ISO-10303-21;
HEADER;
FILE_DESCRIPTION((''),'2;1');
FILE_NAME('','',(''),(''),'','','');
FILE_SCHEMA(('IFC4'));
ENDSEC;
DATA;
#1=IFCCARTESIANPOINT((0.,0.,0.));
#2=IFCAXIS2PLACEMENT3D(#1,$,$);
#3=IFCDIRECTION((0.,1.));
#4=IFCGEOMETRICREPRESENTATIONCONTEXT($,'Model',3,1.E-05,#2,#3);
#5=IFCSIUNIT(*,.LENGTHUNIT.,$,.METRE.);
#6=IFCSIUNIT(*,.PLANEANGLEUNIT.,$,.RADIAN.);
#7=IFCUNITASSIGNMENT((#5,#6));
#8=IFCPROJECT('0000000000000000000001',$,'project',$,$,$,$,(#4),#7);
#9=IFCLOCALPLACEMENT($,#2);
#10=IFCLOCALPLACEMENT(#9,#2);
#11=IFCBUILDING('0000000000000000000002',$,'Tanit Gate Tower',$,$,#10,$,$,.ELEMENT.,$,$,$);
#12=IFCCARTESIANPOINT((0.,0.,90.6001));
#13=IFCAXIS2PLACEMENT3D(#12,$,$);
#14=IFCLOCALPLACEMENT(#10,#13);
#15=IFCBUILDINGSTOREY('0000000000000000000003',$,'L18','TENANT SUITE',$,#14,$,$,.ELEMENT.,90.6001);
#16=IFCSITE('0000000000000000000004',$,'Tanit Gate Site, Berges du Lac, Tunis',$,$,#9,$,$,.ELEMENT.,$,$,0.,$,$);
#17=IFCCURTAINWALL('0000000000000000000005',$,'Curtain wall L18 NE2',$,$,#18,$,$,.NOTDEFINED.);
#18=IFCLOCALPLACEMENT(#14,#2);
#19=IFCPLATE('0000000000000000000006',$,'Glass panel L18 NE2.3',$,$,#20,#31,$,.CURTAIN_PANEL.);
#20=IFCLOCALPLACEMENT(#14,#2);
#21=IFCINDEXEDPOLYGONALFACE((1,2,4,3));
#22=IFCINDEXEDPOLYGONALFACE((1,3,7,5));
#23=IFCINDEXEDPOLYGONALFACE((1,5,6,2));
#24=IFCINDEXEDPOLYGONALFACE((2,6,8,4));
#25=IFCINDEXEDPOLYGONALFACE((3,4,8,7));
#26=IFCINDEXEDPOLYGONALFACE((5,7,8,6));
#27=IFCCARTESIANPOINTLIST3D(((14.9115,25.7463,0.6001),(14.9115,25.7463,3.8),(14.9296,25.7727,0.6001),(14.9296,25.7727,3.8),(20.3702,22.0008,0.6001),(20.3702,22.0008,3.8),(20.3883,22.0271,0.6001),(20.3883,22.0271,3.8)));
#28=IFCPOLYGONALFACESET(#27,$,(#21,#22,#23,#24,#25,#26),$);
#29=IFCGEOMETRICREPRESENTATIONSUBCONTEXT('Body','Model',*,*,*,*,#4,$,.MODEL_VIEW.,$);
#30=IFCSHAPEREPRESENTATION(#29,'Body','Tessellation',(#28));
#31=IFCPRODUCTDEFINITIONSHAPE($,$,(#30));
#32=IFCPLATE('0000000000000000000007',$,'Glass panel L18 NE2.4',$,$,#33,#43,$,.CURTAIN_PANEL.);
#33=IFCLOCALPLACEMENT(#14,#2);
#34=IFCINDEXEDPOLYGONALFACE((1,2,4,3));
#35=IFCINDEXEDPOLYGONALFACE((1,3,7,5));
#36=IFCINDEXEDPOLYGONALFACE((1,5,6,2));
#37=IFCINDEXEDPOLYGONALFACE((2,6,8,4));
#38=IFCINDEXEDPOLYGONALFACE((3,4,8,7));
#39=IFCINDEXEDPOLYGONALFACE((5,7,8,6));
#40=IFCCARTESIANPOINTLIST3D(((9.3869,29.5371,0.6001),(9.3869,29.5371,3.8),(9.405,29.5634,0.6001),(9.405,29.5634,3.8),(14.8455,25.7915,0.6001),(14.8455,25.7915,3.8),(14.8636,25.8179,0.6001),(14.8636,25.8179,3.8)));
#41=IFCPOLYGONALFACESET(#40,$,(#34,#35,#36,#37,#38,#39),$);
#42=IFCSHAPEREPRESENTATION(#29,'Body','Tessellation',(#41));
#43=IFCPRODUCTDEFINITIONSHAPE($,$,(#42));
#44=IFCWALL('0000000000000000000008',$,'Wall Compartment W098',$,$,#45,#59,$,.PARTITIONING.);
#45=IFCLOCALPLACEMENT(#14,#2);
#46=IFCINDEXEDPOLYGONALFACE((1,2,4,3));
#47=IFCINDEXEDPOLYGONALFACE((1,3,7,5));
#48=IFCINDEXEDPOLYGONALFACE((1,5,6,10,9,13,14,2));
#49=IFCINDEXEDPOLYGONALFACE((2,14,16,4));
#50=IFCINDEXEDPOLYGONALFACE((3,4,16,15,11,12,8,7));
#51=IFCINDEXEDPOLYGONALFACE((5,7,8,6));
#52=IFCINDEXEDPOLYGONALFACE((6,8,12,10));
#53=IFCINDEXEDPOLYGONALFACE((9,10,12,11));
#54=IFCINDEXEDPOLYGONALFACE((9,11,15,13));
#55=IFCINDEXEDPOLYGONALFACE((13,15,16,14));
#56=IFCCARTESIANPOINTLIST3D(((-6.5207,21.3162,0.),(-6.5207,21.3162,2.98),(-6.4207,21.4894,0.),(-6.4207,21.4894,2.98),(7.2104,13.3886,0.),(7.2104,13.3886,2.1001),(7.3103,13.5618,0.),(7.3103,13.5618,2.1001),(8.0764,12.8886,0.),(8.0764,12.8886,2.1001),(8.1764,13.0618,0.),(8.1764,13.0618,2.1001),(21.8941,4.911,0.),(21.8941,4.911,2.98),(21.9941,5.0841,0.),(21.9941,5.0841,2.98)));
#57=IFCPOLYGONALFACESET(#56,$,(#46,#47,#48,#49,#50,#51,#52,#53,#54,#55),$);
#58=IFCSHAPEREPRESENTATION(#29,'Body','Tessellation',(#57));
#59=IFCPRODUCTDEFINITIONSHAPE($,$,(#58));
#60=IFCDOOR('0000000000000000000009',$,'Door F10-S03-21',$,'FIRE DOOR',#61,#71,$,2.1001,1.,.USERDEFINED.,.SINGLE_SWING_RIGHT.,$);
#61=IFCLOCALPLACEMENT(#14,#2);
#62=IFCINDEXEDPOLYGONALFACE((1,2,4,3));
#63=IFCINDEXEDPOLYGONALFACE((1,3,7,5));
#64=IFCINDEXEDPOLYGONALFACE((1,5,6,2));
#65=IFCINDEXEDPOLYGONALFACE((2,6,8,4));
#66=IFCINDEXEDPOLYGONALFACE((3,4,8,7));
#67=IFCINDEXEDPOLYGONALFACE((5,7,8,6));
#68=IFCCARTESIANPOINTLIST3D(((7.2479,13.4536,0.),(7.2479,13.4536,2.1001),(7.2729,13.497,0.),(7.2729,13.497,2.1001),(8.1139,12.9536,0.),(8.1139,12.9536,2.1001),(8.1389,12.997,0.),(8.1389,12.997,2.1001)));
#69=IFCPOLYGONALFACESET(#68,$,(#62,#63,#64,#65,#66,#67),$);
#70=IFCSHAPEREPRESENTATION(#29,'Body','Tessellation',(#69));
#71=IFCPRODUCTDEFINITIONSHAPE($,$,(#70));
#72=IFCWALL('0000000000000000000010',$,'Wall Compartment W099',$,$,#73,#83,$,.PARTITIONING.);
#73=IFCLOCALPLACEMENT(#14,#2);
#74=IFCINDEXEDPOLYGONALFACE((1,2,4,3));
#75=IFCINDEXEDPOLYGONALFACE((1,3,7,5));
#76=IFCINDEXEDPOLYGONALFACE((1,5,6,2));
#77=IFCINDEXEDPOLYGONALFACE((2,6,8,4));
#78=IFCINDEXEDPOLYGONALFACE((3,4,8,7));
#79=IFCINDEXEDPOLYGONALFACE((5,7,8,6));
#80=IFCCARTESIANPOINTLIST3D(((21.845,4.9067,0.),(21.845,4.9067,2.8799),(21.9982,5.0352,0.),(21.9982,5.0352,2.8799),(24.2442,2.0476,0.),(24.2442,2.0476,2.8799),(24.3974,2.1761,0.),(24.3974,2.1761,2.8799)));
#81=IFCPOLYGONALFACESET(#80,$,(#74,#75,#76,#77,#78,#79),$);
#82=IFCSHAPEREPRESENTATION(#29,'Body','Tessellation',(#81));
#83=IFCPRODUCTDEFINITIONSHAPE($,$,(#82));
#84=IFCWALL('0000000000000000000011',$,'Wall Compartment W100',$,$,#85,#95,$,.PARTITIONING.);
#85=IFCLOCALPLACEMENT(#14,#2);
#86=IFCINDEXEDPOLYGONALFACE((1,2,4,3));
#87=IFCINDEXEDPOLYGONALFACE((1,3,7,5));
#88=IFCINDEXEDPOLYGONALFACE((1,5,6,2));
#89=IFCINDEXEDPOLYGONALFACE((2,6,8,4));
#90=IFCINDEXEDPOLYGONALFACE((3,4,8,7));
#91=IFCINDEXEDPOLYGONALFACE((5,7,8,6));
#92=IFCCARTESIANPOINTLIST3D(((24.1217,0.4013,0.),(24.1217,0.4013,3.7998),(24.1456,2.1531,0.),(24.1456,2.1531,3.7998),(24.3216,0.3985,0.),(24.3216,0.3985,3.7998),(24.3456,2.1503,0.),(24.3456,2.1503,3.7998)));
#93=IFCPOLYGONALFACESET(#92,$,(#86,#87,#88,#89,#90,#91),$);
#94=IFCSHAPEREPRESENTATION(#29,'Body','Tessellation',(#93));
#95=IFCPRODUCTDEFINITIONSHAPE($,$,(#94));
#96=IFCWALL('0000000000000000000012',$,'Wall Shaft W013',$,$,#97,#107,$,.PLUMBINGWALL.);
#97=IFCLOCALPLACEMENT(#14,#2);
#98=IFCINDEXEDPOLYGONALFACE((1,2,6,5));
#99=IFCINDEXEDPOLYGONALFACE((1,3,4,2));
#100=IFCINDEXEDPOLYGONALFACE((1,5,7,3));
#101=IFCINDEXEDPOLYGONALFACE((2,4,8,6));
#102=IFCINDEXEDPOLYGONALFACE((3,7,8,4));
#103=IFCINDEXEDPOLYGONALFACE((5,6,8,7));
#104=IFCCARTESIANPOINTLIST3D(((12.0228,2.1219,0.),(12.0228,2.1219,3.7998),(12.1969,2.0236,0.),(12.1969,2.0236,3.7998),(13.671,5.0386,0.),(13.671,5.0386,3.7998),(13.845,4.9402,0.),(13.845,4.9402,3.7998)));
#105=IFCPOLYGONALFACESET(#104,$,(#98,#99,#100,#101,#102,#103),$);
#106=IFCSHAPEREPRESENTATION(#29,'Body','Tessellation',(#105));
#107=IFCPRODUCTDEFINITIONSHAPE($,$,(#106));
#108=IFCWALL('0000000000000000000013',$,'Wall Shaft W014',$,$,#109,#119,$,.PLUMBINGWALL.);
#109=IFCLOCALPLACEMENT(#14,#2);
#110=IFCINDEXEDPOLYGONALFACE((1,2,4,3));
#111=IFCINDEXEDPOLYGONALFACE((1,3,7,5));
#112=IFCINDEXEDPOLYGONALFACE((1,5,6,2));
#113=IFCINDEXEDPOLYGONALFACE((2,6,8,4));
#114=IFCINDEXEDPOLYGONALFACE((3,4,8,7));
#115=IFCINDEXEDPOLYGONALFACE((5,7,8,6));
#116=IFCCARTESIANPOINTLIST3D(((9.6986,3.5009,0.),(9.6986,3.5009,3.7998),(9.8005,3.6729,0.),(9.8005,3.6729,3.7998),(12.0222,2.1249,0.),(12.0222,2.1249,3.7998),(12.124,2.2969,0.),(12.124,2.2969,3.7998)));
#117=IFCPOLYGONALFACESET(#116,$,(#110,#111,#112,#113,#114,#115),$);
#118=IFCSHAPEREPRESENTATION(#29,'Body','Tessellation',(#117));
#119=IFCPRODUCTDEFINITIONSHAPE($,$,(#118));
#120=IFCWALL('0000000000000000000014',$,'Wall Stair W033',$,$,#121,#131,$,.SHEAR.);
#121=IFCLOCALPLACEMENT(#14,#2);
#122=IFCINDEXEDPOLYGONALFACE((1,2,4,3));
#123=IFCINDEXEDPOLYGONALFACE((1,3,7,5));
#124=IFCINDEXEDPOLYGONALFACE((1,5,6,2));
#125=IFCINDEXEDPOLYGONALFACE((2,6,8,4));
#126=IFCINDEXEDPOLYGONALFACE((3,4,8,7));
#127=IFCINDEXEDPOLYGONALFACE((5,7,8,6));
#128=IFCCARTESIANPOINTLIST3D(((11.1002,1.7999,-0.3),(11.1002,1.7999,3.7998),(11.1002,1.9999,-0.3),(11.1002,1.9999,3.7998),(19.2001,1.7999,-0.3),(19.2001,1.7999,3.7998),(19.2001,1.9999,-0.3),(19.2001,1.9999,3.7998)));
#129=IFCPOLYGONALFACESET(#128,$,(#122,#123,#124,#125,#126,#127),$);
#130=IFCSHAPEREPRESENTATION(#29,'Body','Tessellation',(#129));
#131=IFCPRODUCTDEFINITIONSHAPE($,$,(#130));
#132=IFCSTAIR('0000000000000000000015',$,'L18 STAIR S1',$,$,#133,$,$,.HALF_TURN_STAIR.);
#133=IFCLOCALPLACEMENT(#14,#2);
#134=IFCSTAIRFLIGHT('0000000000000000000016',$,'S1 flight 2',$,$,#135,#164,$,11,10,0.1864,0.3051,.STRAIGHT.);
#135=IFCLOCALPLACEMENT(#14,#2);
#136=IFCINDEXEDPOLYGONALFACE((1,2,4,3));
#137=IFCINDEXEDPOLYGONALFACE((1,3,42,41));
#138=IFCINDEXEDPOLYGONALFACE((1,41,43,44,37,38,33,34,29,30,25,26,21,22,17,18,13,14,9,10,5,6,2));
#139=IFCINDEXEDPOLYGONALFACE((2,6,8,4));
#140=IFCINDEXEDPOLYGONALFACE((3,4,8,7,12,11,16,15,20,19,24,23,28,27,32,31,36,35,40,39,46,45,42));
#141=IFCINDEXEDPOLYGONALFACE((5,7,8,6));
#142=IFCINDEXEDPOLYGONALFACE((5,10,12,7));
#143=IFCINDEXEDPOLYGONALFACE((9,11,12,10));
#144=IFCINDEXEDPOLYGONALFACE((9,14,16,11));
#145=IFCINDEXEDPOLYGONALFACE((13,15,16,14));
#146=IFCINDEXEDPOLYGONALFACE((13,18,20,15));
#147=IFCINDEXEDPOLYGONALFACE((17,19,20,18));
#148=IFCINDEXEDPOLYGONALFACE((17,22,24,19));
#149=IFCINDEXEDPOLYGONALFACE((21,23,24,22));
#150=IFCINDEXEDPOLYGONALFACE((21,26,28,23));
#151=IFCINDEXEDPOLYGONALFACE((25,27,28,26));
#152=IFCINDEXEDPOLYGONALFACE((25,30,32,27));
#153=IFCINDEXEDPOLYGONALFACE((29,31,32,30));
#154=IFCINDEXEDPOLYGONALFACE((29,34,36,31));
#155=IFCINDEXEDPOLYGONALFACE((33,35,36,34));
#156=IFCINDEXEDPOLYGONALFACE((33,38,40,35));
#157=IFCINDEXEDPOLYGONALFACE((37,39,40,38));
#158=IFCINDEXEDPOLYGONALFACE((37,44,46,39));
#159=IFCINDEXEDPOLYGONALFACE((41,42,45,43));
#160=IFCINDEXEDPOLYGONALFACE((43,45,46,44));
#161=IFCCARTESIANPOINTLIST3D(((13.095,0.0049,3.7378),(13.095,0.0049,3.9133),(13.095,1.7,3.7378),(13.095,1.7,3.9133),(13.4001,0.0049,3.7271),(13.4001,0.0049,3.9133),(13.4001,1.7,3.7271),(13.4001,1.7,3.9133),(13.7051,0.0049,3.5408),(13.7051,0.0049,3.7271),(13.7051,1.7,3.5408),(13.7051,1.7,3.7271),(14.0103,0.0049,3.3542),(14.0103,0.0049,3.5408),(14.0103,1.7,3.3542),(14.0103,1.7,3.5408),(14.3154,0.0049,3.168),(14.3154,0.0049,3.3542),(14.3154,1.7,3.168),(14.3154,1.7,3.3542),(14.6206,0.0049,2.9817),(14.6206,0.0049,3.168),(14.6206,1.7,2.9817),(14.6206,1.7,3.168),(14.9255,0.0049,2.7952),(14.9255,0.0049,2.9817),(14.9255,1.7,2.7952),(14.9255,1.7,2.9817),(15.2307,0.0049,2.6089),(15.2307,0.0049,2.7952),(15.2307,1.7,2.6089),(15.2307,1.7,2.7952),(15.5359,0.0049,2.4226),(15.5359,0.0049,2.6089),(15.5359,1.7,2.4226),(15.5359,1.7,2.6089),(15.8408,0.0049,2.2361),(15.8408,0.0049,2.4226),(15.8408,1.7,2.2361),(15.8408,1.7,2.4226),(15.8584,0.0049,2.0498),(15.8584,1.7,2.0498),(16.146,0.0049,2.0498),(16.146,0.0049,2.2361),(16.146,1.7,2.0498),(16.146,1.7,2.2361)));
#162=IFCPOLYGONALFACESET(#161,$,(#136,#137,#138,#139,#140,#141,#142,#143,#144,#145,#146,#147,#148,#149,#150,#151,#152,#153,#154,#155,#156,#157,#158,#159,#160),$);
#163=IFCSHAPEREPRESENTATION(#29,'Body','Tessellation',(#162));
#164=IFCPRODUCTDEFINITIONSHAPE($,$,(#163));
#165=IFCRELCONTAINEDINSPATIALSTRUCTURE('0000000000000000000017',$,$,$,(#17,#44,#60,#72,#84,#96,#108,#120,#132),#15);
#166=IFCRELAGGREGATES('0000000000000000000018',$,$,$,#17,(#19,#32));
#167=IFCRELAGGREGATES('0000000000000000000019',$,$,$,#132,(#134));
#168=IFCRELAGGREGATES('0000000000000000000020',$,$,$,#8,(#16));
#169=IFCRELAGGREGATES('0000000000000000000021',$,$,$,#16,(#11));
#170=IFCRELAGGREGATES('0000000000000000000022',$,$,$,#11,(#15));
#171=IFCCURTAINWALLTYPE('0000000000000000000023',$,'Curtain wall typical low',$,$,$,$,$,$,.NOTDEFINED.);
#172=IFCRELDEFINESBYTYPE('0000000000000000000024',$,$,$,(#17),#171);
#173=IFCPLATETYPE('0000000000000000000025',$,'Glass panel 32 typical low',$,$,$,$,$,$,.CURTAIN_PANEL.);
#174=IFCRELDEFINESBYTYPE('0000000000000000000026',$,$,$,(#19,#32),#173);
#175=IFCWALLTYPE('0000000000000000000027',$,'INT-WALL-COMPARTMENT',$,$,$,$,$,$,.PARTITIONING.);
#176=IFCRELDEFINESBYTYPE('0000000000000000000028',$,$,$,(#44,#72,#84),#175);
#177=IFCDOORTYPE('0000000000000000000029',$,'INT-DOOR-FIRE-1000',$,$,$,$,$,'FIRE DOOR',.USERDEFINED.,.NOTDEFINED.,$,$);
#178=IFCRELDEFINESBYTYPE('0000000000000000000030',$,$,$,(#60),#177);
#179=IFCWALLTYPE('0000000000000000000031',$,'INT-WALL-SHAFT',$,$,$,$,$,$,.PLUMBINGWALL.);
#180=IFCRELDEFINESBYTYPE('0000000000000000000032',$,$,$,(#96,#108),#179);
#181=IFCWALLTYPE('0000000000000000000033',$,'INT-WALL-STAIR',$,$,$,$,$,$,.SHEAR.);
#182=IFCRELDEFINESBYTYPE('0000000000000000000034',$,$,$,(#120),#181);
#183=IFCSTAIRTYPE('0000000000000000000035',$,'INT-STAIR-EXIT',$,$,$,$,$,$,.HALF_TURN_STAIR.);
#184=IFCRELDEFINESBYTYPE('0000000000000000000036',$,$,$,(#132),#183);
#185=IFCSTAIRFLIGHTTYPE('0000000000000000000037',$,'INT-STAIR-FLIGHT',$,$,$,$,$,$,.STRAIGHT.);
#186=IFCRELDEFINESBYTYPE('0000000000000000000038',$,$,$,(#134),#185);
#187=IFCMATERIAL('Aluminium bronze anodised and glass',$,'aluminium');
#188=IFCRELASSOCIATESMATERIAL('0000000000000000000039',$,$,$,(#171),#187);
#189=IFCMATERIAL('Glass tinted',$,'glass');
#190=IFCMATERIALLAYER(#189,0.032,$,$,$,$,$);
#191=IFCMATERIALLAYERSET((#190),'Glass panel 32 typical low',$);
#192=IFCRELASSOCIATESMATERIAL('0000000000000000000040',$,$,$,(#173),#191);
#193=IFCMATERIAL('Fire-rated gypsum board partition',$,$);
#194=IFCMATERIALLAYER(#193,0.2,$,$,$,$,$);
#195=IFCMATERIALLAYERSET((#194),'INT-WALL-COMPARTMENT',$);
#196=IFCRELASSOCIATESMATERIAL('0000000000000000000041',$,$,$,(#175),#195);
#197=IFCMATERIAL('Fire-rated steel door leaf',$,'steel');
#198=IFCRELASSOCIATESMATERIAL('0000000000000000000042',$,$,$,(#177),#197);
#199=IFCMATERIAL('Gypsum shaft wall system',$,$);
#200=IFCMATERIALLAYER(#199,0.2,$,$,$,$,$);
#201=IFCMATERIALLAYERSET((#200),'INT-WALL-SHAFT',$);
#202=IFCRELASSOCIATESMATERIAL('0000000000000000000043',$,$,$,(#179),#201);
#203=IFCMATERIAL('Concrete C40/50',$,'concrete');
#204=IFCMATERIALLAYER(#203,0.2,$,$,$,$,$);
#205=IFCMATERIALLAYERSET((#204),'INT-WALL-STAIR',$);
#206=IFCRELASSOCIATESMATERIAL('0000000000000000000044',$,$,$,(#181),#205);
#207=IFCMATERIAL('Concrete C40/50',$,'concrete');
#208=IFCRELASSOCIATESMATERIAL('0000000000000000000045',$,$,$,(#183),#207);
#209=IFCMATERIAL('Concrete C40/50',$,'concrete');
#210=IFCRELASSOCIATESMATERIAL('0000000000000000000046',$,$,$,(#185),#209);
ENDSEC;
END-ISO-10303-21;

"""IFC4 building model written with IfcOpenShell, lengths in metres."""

from ifc_helpers import new_model, si_unit, direction, frame, frame_2d, origin, origin_2d, place, context, subcontext, project, spatial, polyline, rectangle, outline, extrude, material, layer, layer_set, type_object, element, fill, aggregate, save


model = new_model("IFC4")

# Units and contexts
model_context = context("Model", 3, precision=1e-05, world=origin(), true_north=direction((0.0, 1.0)))
body_context = subcontext(model_context, "Body", "Model", "MODEL_VIEW")
ifc_project = project(units=[si_unit("LENGTHUNIT", "METRE"), si_unit("PLANEANGLEUNIT", "RADIAN")], contexts=[model_context])

# Site, building, storey
site_placement = place(None, origin())
site = spatial("IfcSite", under=ifc_project, at=site_placement, Name="Tanit Gate Site, Berges du Lac, Tunis", CompositionType="ELEMENT", RefElevation=0.0)
building_placement = place(site_placement, origin())
building = spatial("IfcBuilding", under=site, at=building_placement, Name="Tanit Gate Tower", CompositionType="ELEMENT")
storey_placement = place(building_placement, frame((0.0, 0.0, 90.6001)))
storey = spatial("IfcBuildingStorey", under=building, at=storey_placement, Name="L18", Description="TENANT SUITE", CompositionType="ELEMENT", Elevation=90.6001)

# Curtain wall
ifc_material_1 = material(Name="Aluminium bronze anodised and glass", Category="aluminium")
curtain_wall_type = type_object("IfcCurtainWallType", Name="Curtain wall typical low", PredefinedType="NOTDEFINED", material=ifc_material_1)
curtain_wall_placement = place(storey_placement, origin())
curtain_wall = element("IfcCurtainWall", 1, at=curtain_wall_placement, inside=storey, type_object=curtain_wall_type, Name="Curtain wall L18 NE2", PredefinedType="NOTDEFINED")

# Plates
ifc_material_2 = material(Name="Glass tinted", Category="glass")
ifc_layer_1 = layer(ifc_material_2, 0.032)
ifc_layer_set_1 = layer_set([ifc_layer_1], Name="Glass panel 32 typical low")
plate_type = type_object("IfcPlateType", Name="Glass panel 32 typical low", PredefinedType="CURTAIN_PANEL", material=ifc_layer_set_1)
plate_1_placement = place(storey_placement, frame((17.6499, 23.8867, 0.6001), z_axis=(0.0, 0.0, 1.0), x_axis=(-0.824557, 0.56578, 0.0)))
plate_1 = element("IfcPlate", 2, at=plate_1_placement, type_object=plate_type, Name="Glass panel L18 NE2.3", PredefinedType="CURTAIN_PANEL", context=body_context, shape_type="SweptSolid", body=[
    extrude(rectangle(XDim=6.6201, YDim=0.032, at=origin_2d()), origin(), (0.0, 0.0, 1.0), 3.2),
])
plate_2_placement = place(storey_placement, frame((12.1252, 27.6775, 0.6001), z_axis=(0.0, 0.0, 1.0), x_axis=(-0.824557, 0.56578, 0.0)))
plate_2 = element("IfcPlate", 3, at=plate_2_placement, type_object=plate_type, Name="Glass panel L18 NE2.4", PredefinedType="CURTAIN_PANEL", context=body_context, shape_type="SweptSolid", body=[
    extrude(rectangle(XDim=6.6201, YDim=0.032, at=origin_2d()), origin(), (0.0, 0.0, 1.0), 3.2),
])
aggregate(curtain_wall, [plate_1, plate_2])

# Wall, opening, door
ifc_material_3 = material(Name="Fire-rated gypsum board partition")
ifc_layer_2 = layer(ifc_material_3, 0.2)
ifc_layer_set_2 = layer_set([ifc_layer_2], Name="INT-WALL-COMPARTMENT")
wall_type_1 = type_object("IfcWallType", Name="INT-WALL-COMPARTMENT", PredefinedType="PARTITIONING", material=ifc_layer_set_2)
wall_1_placement = place(storey_placement, frame((21.9441, 4.9976, 0.0), z_axis=(0.0, 0.0, 1.0), x_axis=(-0.866026, 0.5, 0.0)))
wall_1 = element("IfcWall", 4, at=wall_1_placement, inside=storey, type_object=wall_type_1, Name="Wall Compartment W098", PredefinedType="PARTITIONING", context=body_context, shape_type="SweptSolid", body=[
    extrude(rectangle(XDim=32.8105, YDim=0.2, at=frame_2d((16.4053, 0.0))), origin(), (0.0, 0.0, 1.0), 2.98),
])
opening_1_placement = place(wall_1_placement, frame((15.9553, 0.0, 0.0)))
opening_1 = element("IfcOpeningElement", 5, at=opening_1_placement, cuts=wall_1, PredefinedType="OPENING", context=body_context, shape_type="SweptSolid", body=[
    extrude(rectangle(XDim=1.0, YDim=2.1001, at=frame_2d((0.5, 1.05))), frame((0.0, 0.1099, 0.0), z_axis=(0.0, -1.0, 0.0), x_axis=(1.0, 0.0, 0.0)), (0.0, 0.0, 1.0), 0.22),
])
ifc_material_4 = material(Name="Fire-rated steel door leaf", Category="steel")
door_type_1 = type_object("IfcDoorType", Name="INT-DOOR-FIRE-1000", ElementType="FIRE DOOR", OperationType="NOTDEFINED", PredefinedType="USERDEFINED", material=ifc_material_4)
door_1_placement = place(opening_1_placement, origin())
door_1 = element("IfcDoor", 6, at=door_1_placement, inside=storey, type_object=door_type_1, Name="Door F10-S03-21", ObjectType="FIRE DOOR", OperationType="SINGLE_SWING_RIGHT", OverallHeight=2.1001, OverallWidth=1.0, PredefinedType="USERDEFINED", context=body_context, shape_type="SweptSolid", body=[
    extrude(rectangle(XDim=1.0, YDim=2.1001, at=frame_2d((0.5, 1.05))), frame((0.0, 0.0249, 0.0), z_axis=(0.0, -1.0, 0.0), x_axis=(1.0, 0.0, 0.0)), (0.0, 0.0, 1.0), 0.05),
])
fill(opening_1, door_1)

# Walls
wall_2_placement = place(storey_placement, frame((24.3208, 2.1118, 0.0), z_axis=(0.0, 0.0, 1.0), x_axis=(-0.642799, 0.766035, 0.0)))
element("IfcWall", 7, at=wall_2_placement, inside=storey, type_object=wall_type_1, Name="Wall Compartment W099", PredefinedType="PARTITIONING", context=body_context, shape_type="SweptSolid", body=[
    extrude(rectangle(XDim=3.7324, YDim=0.2, at=frame_2d((1.8662, 0.0))), origin(), (0.0, 0.0, 1.0), 2.8799),
])
wall_3_placement = place(storey_placement, frame((24.2217, 0.3999, 0.0), z_axis=(0.0, 0.0, 1.0), x_axis=(0.013657, 0.999907, 0.0)))
element("IfcWall", 8, at=wall_3_placement, inside=storey, type_object=wall_type_1, Name="Wall Compartment W100", PredefinedType="PARTITIONING", context=body_context, shape_type="SweptSolid", body=[
    extrude(rectangle(XDim=1.752, YDim=0.2, at=frame_2d((0.876, 0.0))), origin(), (0.0, 0.0, 1.0), 3.7998),
])
ifc_material_5 = material(Name="Gypsum shaft wall system")
ifc_layer_3 = layer(ifc_material_5, 0.2)
ifc_layer_set_3 = layer_set([ifc_layer_3], Name="INT-WALL-SHAFT")
wall_type_2 = type_object("IfcWallType", Name="INT-WALL-SHAFT", PredefinedType="PLUMBINGWALL", material=ifc_layer_set_3)
wall_4_placement = place(storey_placement, frame((12.1099, 2.0728, 0.0), z_axis=(0.0, 0.0, 1.0), x_axis=(0.491966, 0.870614, 0.0)))
element("IfcWall", 9, at=wall_4_placement, inside=storey, type_object=wall_type_2, Name="Wall Shaft W013", PredefinedType="PLUMBINGWALL", context=body_context, shape_type="SweptSolid", body=[
    extrude(rectangle(XDim=3.3501, YDim=0.2, at=frame_2d((1.675, 0.0))), origin(), (0.0, 0.0, 1.0), 3.7998),
])
wall_5_placement = place(storey_placement, frame((12.073, 2.2109, 0.0), z_axis=(0.0, 0.0, 1.0), x_axis=(-0.860438, 0.509555, 0.0)))
element("IfcWall", 10, at=wall_5_placement, inside=storey, type_object=wall_type_2, Name="Wall Shaft W014", PredefinedType="PLUMBINGWALL", context=body_context, shape_type="SweptSolid", body=[
    extrude(rectangle(XDim=2.7004, YDim=0.2, at=frame_2d((1.3501, 0.0))), origin(), (0.0, 0.0, 1.0), 3.7998),
])
ifc_material_6 = material(Name="Concrete C40/50", Category="concrete")
ifc_layer_4 = layer(ifc_material_6, 0.2)
ifc_layer_set_4 = layer_set([ifc_layer_4], Name="INT-WALL-STAIR")
wall_type_3 = type_object("IfcWallType", Name="INT-WALL-STAIR", PredefinedType="SHEAR", material=ifc_layer_set_4)
wall_6_placement = place(storey_placement, frame((19.2, 1.8999, -0.3), z_axis=(0.0, 0.0, 1.0), x_axis=(-1.0, 0.0, 0.0)))
element("IfcWall", 11, at=wall_6_placement, inside=storey, type_object=wall_type_3, Name="Wall Stair W033", PredefinedType="SHEAR", context=body_context, shape_type="SweptSolid", body=[
    extrude(rectangle(XDim=8.0999, YDim=0.2, at=frame_2d((4.0498, 0.0))), origin(), (0.0, 0.0, 1.0), 4.0999),
])

# Stair, stair flight
ifc_material_7 = material(Name="Concrete C40/50", Category="concrete")
stair_type = type_object("IfcStairType", Name="INT-STAIR-EXIT", PredefinedType="HALF_TURN_STAIR", material=ifc_material_7)
stair_placement = place(storey_placement, origin())
stair = element("IfcStair", 12, at=stair_placement, inside=storey, type_object=stair_type, Name="L18 STAIR S1", PredefinedType="HALF_TURN_STAIR")
ifc_material_8 = material(Name="Concrete C40/50", Category="concrete")
stair_flight_type = type_object("IfcStairFlightType", Name="INT-STAIR-FLIGHT", PredefinedType="STRAIGHT", material=ifc_material_8)
stair_flight_placement = place(storey_placement, frame((16.146, 0.8525, 2.0498), z_axis=(0.0, 0.0, 1.0), x_axis=(-1.0, 0.0, 0.0)))
stair_flight = element("IfcStairFlight", 13, at=stair_flight_placement, type_object=stair_flight_type, Name="S1 flight 2", NumberOfRisers=11, NumberOfTreads=10, PredefinedType="STRAIGHT", RiserHeight=0.1864, TreadLength=0.3051, context=body_context, shape_type="SweptSolid", body=[
    extrude(outline(polyline([(0.0, 0.0), (0.0, 0.1863), (0.3052, 0.1863), (0.3052, 0.3728), (0.6101, 0.3728), (0.6101, 0.5591), (0.9153, 0.5591), (0.9153, 0.7454), (1.2205, 0.7454), (1.2205, 0.9319), (1.5254, 0.9319), (1.5254, 1.1182), (1.8306, 1.1182), (1.8306, 1.3044), (2.1357, 1.3044), (2.1357, 1.491), (2.4409, 1.491), (2.4409, 1.6772), (2.7458, 1.6772), (2.7458, 1.8635), (3.051, 1.8635), (3.051, 2.05), (3.051, 1.688), (0.2876, 0.0), (0.0, 0.0)])), frame((0.0, 0.8477, 0.0), z_axis=(0.0, -1.0, 0.0), x_axis=(1.0, 0.0, 0.0)), (0.0, 0.0, 1.0), 1.6951),
])
aggregate(stair, [stair_flight])

save(model, "model.ifc")
